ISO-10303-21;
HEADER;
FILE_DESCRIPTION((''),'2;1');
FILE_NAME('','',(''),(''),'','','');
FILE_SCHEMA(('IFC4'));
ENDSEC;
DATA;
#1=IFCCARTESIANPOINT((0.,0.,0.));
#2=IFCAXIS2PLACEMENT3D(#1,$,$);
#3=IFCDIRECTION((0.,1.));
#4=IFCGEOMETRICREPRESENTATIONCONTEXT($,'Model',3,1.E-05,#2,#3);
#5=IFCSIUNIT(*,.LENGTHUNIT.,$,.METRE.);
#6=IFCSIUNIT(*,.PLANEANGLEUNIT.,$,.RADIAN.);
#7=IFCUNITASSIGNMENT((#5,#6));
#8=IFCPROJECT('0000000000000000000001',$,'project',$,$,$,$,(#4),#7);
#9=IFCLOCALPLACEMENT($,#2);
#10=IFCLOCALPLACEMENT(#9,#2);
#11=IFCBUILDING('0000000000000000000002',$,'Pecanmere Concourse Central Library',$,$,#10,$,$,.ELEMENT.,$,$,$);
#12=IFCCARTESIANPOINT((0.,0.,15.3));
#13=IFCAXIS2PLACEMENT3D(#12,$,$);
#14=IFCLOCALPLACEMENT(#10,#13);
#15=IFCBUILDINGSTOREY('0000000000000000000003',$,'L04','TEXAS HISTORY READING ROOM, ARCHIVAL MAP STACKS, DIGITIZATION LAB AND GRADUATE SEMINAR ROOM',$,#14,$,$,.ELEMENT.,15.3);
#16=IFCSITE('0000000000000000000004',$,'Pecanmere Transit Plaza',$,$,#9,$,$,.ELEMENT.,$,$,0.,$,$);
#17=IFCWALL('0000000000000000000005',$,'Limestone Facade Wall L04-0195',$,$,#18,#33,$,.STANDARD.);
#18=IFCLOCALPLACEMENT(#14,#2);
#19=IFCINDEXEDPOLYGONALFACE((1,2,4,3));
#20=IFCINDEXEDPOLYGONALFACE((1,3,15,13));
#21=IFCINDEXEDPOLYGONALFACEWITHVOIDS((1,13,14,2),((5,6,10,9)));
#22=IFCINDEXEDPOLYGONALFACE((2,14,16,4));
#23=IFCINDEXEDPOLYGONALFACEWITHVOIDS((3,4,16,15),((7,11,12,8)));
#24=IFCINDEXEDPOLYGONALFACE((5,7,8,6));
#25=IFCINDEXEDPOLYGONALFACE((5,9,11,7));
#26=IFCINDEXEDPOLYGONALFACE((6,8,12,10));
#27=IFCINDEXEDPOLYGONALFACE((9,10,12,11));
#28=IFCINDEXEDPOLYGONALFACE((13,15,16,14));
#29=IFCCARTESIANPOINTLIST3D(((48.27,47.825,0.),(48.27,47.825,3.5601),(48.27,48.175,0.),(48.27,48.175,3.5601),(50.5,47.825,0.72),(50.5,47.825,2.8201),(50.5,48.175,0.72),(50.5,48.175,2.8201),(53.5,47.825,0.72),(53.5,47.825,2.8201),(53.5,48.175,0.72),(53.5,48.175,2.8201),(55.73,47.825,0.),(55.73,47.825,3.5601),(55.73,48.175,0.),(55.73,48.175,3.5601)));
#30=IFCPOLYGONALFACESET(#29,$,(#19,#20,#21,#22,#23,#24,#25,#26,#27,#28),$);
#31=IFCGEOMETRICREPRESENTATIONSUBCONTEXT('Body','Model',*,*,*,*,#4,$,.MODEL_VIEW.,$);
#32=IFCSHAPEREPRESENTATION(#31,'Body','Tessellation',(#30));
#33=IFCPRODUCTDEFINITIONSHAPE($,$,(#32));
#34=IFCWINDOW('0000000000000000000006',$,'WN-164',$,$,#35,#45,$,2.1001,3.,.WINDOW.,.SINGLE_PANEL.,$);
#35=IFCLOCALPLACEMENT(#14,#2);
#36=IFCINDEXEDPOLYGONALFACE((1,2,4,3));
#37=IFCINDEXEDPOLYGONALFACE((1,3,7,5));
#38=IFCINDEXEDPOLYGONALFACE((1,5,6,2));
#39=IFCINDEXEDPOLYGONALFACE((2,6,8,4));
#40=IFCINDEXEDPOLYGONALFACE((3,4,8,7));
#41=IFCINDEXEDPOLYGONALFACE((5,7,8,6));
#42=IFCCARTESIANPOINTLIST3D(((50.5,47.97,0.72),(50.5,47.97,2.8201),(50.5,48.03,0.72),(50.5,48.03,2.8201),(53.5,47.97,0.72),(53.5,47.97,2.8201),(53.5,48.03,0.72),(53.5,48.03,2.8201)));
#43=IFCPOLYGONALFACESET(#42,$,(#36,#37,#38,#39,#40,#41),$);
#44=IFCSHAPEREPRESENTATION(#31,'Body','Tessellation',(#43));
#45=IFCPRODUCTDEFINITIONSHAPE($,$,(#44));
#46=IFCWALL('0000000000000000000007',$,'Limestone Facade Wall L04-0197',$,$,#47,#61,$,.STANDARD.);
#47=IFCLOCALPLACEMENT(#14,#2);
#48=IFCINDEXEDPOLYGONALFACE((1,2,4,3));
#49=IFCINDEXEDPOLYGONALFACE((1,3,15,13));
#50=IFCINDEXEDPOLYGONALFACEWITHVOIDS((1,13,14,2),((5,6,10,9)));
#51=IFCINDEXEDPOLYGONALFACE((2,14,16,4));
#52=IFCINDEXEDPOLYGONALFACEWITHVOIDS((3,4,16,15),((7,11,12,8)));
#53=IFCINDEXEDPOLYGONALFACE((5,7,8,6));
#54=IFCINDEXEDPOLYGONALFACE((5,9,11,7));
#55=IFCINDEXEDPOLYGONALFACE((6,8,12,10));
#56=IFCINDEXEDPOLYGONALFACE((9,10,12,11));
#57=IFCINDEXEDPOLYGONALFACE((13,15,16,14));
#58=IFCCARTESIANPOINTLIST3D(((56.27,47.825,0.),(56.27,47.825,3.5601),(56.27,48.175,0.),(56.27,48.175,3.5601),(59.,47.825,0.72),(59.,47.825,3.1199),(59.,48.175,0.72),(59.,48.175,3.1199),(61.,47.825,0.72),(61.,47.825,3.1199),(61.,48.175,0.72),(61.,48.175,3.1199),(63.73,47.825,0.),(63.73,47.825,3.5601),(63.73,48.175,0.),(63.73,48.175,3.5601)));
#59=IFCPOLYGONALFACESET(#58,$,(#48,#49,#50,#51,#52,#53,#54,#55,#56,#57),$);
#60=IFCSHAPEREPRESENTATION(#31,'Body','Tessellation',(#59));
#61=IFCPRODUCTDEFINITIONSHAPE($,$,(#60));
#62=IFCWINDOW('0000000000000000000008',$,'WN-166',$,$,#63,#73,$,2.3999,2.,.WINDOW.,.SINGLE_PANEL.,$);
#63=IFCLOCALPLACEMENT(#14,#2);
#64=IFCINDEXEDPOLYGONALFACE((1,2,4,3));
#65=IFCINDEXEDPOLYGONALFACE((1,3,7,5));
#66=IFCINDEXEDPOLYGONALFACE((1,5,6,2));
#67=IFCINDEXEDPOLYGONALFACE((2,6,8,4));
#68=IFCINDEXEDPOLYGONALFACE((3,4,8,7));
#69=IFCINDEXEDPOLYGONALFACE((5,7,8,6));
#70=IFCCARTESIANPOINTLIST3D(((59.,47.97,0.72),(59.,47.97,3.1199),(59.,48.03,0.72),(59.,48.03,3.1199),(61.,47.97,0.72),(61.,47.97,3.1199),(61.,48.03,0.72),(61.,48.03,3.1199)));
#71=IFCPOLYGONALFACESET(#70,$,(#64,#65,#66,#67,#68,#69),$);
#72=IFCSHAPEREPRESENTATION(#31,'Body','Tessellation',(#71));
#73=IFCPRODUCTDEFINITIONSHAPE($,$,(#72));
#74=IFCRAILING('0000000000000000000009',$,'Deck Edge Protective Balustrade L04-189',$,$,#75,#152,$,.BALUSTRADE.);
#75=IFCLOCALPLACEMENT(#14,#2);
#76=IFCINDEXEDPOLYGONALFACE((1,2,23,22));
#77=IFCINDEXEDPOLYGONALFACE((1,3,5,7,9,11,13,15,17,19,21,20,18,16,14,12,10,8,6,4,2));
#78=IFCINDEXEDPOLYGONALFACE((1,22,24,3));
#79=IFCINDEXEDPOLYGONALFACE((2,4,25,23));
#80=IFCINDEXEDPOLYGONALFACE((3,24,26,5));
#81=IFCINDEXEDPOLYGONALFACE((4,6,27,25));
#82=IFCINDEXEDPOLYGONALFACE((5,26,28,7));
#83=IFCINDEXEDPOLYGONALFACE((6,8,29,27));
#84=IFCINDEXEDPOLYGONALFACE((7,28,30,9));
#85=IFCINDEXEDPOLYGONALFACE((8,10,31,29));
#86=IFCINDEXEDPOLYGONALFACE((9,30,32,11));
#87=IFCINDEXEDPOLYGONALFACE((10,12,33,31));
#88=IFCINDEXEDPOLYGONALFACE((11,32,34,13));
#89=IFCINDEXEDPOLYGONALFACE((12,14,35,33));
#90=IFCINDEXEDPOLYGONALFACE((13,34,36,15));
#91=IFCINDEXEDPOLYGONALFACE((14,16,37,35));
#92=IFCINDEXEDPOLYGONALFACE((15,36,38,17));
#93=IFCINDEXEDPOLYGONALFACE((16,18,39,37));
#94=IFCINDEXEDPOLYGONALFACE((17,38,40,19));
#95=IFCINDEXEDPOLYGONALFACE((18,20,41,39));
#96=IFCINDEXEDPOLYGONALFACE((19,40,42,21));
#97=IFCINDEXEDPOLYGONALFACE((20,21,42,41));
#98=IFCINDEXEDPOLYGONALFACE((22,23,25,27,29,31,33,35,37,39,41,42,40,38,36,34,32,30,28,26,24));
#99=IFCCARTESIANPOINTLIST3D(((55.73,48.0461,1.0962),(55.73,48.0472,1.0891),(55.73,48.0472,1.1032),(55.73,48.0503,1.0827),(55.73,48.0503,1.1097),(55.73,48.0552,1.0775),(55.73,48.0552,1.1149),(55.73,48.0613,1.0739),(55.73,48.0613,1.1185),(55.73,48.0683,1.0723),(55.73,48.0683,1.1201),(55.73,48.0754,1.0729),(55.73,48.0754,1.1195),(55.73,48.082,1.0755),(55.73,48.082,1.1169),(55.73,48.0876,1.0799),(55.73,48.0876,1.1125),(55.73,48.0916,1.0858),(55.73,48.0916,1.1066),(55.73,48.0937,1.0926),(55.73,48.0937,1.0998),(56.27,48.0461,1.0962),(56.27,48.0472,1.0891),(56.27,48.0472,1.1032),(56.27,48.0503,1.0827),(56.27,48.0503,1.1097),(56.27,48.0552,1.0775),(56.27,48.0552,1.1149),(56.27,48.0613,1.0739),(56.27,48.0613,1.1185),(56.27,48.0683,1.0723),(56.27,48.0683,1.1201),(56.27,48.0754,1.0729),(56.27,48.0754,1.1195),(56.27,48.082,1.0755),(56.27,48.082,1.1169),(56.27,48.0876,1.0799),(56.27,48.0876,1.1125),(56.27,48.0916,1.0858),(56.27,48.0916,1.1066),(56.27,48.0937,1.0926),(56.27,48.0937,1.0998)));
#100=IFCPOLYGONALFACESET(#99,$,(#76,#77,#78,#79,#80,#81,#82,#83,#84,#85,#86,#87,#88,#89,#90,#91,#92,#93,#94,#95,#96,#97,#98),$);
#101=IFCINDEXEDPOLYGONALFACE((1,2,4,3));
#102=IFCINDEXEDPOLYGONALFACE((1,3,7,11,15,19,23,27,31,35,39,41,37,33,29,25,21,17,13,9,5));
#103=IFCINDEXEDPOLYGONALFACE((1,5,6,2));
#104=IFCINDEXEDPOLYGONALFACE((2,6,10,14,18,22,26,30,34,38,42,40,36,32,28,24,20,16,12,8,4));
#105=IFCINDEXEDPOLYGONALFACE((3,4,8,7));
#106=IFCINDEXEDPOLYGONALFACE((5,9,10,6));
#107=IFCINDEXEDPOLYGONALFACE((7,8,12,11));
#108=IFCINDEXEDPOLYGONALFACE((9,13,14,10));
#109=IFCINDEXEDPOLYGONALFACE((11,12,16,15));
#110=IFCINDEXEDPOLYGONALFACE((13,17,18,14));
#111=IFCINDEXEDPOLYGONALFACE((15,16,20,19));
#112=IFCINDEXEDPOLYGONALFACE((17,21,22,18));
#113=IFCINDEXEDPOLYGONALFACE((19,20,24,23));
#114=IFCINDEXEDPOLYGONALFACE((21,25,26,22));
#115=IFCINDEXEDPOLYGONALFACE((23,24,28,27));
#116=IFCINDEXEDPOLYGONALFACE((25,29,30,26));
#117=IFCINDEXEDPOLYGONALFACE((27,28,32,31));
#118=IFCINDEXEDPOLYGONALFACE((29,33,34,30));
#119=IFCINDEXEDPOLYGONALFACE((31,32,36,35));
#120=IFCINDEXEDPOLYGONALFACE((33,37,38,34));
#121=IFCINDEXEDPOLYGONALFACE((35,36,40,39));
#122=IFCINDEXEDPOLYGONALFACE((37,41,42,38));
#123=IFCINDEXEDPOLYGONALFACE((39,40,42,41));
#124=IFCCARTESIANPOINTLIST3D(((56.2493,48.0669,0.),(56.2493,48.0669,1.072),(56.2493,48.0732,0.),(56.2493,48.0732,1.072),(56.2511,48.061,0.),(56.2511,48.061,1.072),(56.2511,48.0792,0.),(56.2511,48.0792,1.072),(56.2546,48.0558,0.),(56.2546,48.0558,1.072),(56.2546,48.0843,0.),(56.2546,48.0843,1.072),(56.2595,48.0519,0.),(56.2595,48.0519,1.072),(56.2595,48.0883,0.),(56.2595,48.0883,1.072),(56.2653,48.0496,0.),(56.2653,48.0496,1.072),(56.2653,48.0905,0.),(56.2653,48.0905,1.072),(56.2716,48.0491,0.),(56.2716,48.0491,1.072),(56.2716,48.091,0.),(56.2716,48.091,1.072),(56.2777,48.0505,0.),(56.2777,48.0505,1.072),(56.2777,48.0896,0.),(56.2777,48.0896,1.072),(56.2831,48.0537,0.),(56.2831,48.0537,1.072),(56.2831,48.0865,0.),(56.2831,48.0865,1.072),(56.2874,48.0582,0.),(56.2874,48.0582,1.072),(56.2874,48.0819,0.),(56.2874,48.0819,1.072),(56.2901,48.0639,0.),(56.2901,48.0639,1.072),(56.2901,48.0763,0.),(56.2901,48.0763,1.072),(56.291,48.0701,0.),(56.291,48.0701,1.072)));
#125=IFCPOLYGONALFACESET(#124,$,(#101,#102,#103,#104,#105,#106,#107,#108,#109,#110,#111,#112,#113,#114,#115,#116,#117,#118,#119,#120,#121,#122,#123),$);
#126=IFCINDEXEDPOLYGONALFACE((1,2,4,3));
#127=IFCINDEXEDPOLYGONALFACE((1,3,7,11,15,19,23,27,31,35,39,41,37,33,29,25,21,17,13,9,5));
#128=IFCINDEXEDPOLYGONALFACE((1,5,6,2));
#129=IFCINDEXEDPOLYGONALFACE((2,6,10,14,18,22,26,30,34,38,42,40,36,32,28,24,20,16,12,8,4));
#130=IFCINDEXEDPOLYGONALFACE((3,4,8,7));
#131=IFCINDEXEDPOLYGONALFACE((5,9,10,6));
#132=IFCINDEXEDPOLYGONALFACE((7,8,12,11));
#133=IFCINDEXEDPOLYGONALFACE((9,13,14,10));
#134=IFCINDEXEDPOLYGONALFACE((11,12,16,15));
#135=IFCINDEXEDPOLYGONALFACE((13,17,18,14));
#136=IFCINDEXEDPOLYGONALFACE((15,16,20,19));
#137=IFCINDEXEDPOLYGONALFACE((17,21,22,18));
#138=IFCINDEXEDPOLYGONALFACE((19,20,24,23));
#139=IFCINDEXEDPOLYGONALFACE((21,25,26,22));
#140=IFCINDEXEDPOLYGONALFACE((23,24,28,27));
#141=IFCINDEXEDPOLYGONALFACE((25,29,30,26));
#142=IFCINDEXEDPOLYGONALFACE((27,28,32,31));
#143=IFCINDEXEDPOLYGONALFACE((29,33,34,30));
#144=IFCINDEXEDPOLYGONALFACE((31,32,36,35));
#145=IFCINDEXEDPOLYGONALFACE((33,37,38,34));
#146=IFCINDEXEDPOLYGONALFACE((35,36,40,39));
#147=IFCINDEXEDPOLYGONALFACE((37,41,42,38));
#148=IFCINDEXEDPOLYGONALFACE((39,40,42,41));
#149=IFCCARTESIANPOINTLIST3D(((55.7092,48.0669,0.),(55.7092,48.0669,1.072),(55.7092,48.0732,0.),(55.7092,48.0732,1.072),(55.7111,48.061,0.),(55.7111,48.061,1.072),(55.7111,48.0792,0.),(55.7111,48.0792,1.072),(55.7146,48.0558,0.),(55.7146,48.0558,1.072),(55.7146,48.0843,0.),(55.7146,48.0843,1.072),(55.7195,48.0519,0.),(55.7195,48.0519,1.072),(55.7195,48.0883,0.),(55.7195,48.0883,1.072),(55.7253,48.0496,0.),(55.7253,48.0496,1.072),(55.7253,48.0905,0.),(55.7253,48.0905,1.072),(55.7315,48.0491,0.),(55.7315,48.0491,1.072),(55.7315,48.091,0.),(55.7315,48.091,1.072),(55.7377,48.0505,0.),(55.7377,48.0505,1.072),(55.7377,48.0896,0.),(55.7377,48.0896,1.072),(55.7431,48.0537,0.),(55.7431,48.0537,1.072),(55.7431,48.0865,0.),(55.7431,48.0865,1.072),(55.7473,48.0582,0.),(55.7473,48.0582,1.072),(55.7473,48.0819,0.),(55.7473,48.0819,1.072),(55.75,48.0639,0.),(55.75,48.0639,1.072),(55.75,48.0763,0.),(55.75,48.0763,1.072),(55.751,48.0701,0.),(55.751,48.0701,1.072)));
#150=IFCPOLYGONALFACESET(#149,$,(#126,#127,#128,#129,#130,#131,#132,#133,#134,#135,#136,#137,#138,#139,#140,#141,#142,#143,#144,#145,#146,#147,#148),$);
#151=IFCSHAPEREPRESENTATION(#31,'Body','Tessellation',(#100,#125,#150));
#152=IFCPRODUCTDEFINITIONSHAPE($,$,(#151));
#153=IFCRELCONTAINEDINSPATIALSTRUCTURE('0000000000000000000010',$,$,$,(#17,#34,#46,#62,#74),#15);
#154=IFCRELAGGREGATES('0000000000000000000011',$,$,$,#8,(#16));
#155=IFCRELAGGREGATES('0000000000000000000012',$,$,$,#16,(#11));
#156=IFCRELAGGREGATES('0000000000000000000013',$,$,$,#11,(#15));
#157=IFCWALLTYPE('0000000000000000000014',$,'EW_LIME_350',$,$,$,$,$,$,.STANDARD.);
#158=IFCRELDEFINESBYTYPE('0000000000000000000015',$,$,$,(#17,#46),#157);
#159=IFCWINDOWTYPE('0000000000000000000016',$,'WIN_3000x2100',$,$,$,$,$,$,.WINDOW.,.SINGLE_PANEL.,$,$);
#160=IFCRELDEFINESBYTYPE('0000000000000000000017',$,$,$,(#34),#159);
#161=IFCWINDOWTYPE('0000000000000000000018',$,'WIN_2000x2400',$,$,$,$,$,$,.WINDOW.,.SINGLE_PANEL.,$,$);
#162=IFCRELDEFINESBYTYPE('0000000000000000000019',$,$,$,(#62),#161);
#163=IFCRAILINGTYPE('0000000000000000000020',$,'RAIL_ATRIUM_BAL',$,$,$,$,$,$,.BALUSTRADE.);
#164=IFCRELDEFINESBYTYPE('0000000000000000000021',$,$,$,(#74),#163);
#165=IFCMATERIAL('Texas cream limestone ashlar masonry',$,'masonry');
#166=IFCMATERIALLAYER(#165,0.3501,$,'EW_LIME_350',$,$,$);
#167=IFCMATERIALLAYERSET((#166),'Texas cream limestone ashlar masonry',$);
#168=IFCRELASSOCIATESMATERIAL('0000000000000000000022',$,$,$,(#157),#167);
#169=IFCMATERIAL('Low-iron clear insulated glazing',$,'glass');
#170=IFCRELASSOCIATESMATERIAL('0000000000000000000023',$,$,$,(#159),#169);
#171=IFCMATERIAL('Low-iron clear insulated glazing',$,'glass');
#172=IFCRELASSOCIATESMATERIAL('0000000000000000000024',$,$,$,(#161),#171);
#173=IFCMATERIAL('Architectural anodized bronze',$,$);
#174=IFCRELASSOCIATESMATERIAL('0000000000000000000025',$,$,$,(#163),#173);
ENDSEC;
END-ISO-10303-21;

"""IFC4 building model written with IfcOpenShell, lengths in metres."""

from ifc_helpers import new_model, si_unit, direction, frame, frame_2d, origin, origin_2d, place, context, subcontext, project, spatial, rectangle, circle, extrude, material, layer, layer_set, type_object, element, fill, save


model = new_model("IFC4")

# Units and contexts
model_context = context("Model", 3, precision=1e-05, world=origin(), true_north=direction((0.0, 1.0)))
body_context = subcontext(model_context, "Body", "Model", "MODEL_VIEW")
ifc_project = project(units=[si_unit("LENGTHUNIT", "METRE"), si_unit("PLANEANGLEUNIT", "RADIAN")], contexts=[model_context])

# Site, building, storey
site_placement = place(None, origin())
site = spatial("IfcSite", under=ifc_project, at=site_placement, Name="Pecanmere Transit Plaza", CompositionType="ELEMENT", RefElevation=0.0)
building_placement = place(site_placement, origin())
building = spatial("IfcBuilding", under=site, at=building_placement, Name="Pecanmere Concourse Central Library", CompositionType="ELEMENT")
storey_placement = place(building_placement, frame((0.0, 0.0, 15.3)))
storey = spatial("IfcBuildingStorey", under=building, at=storey_placement, Name="L04", Description="TEXAS HISTORY READING ROOM, ARCHIVAL MAP STACKS, DIGITIZATION LAB AND GRADUATE SEMINAR ROOM", CompositionType="ELEMENT", Elevation=15.3)

# Walls, openings, windows
ifc_material_1 = material(Name="Texas cream limestone ashlar masonry", Category="masonry")
ifc_layer = layer(ifc_material_1, 0.3501, Name="EW_LIME_350")
ifc_layer_set = layer_set([ifc_layer], Name="Texas cream limestone ashlar masonry")
wall_type = type_object("IfcWallType", Name="EW_LIME_350", PredefinedType="STANDARD", material=ifc_layer_set)
wall_1_placement = place(storey_placement, frame((48.27, 48.0, 0.0), z_axis=(0.0, 0.0, 1.0), x_axis=(1.0, 0.0, 0.0)))
wall_1 = element("IfcWall", 1, at=wall_1_placement, inside=storey, type_object=wall_type, Name="Limestone Facade Wall L04-0195", PredefinedType="STANDARD", context=body_context, shape_type="SweptSolid", body=[
    extrude(rectangle(XDim=7.46, YDim=0.3501, at=frame_2d((3.73, 0.0))), origin(), (0.0, 0.0, 1.0), 3.5601),
])
opening_1_placement = place(wall_1_placement, frame((2.23, 0.0, 0.72)))
opening_1 = element("IfcOpeningElement", 2, at=opening_1_placement, cuts=wall_1, PredefinedType="OPENING", context=body_context, shape_type="SweptSolid", body=[
    extrude(rectangle(XDim=3.0, YDim=2.1001, at=frame_2d((1.5, 1.05))), frame((0.0, 0.187, 0.0), z_axis=(0.0, -1.0, 0.0), x_axis=(1.0, 0.0, 0.0)), (0.0, 0.0, 1.0), 0.374),
])
ifc_material_2 = material(Name="Low-iron clear insulated glazing", Category="glass")
window_type_1 = type_object("IfcWindowType", Name="WIN_3000x2100", PartitioningType="SINGLE_PANEL", PredefinedType="WINDOW", material=ifc_material_2)
window_1_placement = place(opening_1_placement, origin())
window_1 = element("IfcWindow", 3, at=window_1_placement, inside=storey, type_object=window_type_1, Name="WN-164", OverallHeight=2.1001, OverallWidth=3.0, PartitioningType="SINGLE_PANEL", PredefinedType="WINDOW", context=body_context, shape_type="SweptSolid", body=[
    extrude(rectangle(XDim=3.0, YDim=2.1001, at=frame_2d((1.5, 1.05))), frame((0.0, 0.03, 0.0), z_axis=(0.0, -1.0, 0.0), x_axis=(1.0, 0.0, 0.0)), (0.0, 0.0, 1.0), 0.0601),
])
fill(opening_1, window_1)
wall_2_placement = place(storey_placement, frame((56.27, 48.0, 0.0), z_axis=(0.0, 0.0, 1.0), x_axis=(1.0, 0.0, 0.0)))
wall_2 = element("IfcWall", 4, at=wall_2_placement, inside=storey, type_object=wall_type, Name="Limestone Facade Wall L04-0197", PredefinedType="STANDARD", context=body_context, shape_type="SweptSolid", body=[
    extrude(rectangle(XDim=7.46, YDim=0.3501, at=frame_2d((3.73, 0.0))), origin(), (0.0, 0.0, 1.0), 3.5601),
])
opening_2_placement = place(wall_2_placement, frame((2.73, 0.0, 0.72)))
opening_2 = element("IfcOpeningElement", 5, at=opening_2_placement, cuts=wall_2, PredefinedType="OPENING", context=body_context, shape_type="SweptSolid", body=[
    extrude(rectangle(XDim=2.0, YDim=2.3999, at=frame_2d((1.0, 1.2))), frame((0.0, 0.187, 0.0), z_axis=(0.0, -1.0, 0.0), x_axis=(1.0, 0.0, 0.0)), (0.0, 0.0, 1.0), 0.374),
])
ifc_material_3 = material(Name="Low-iron clear insulated glazing", Category="glass")
window_type_2 = type_object("IfcWindowType", Name="WIN_2000x2400", PartitioningType="SINGLE_PANEL", PredefinedType="WINDOW", material=ifc_material_3)
window_2_placement = place(opening_2_placement, origin())
window_2 = element("IfcWindow", 6, at=window_2_placement, inside=storey, type_object=window_type_2, Name="WN-166", OverallHeight=2.3999, OverallWidth=2.0, PartitioningType="SINGLE_PANEL", PredefinedType="WINDOW", context=body_context, shape_type="SweptSolid", body=[
    extrude(rectangle(XDim=2.0, YDim=2.3999, at=frame_2d((1.0, 1.2))), frame((0.0, 0.03, 0.0), z_axis=(0.0, -1.0, 0.0), x_axis=(1.0, 0.0, 0.0)), (0.0, 0.0, 1.0), 0.0601),
])
fill(opening_2, window_2)

# Railing
ifc_material_4 = material(Name="Architectural anodized bronze")
railing_type = type_object("IfcRailingType", Name="RAIL_ATRIUM_BAL", PredefinedType="BALUSTRADE", material=ifc_material_4)
railing_1_placement = place(storey_placement, frame((56.27, 48.0701, 0.0)))
element("IfcRailing", 7, at=railing_1_placement, inside=storey, type_object=railing_type, Name="Deck Edge Protective Balustrade L04-189", PredefinedType="BALUSTRADE", context=body_context, shape_type="SweptSolid", body=[
    extrude(circle(Radius=0.0239, at=origin_2d()), frame((0.0, 0.0, 1.0962), z_axis=(-1.0, 0.0, 0.0), x_axis=(0.0, -1.0, 0.0)), (0.0, 0.0, 1.0), 0.54),
    extrude(circle(Radius=0.021, at=origin_2d()), origin(), (0.0, 0.0, 1.0), 1.072),
    extrude(circle(Radius=0.021, at=origin_2d()), frame((-0.54, 0.0, 0.0)), (0.0, 0.0, 1.0), 1.072),
])

save(model, "model.ifc")
